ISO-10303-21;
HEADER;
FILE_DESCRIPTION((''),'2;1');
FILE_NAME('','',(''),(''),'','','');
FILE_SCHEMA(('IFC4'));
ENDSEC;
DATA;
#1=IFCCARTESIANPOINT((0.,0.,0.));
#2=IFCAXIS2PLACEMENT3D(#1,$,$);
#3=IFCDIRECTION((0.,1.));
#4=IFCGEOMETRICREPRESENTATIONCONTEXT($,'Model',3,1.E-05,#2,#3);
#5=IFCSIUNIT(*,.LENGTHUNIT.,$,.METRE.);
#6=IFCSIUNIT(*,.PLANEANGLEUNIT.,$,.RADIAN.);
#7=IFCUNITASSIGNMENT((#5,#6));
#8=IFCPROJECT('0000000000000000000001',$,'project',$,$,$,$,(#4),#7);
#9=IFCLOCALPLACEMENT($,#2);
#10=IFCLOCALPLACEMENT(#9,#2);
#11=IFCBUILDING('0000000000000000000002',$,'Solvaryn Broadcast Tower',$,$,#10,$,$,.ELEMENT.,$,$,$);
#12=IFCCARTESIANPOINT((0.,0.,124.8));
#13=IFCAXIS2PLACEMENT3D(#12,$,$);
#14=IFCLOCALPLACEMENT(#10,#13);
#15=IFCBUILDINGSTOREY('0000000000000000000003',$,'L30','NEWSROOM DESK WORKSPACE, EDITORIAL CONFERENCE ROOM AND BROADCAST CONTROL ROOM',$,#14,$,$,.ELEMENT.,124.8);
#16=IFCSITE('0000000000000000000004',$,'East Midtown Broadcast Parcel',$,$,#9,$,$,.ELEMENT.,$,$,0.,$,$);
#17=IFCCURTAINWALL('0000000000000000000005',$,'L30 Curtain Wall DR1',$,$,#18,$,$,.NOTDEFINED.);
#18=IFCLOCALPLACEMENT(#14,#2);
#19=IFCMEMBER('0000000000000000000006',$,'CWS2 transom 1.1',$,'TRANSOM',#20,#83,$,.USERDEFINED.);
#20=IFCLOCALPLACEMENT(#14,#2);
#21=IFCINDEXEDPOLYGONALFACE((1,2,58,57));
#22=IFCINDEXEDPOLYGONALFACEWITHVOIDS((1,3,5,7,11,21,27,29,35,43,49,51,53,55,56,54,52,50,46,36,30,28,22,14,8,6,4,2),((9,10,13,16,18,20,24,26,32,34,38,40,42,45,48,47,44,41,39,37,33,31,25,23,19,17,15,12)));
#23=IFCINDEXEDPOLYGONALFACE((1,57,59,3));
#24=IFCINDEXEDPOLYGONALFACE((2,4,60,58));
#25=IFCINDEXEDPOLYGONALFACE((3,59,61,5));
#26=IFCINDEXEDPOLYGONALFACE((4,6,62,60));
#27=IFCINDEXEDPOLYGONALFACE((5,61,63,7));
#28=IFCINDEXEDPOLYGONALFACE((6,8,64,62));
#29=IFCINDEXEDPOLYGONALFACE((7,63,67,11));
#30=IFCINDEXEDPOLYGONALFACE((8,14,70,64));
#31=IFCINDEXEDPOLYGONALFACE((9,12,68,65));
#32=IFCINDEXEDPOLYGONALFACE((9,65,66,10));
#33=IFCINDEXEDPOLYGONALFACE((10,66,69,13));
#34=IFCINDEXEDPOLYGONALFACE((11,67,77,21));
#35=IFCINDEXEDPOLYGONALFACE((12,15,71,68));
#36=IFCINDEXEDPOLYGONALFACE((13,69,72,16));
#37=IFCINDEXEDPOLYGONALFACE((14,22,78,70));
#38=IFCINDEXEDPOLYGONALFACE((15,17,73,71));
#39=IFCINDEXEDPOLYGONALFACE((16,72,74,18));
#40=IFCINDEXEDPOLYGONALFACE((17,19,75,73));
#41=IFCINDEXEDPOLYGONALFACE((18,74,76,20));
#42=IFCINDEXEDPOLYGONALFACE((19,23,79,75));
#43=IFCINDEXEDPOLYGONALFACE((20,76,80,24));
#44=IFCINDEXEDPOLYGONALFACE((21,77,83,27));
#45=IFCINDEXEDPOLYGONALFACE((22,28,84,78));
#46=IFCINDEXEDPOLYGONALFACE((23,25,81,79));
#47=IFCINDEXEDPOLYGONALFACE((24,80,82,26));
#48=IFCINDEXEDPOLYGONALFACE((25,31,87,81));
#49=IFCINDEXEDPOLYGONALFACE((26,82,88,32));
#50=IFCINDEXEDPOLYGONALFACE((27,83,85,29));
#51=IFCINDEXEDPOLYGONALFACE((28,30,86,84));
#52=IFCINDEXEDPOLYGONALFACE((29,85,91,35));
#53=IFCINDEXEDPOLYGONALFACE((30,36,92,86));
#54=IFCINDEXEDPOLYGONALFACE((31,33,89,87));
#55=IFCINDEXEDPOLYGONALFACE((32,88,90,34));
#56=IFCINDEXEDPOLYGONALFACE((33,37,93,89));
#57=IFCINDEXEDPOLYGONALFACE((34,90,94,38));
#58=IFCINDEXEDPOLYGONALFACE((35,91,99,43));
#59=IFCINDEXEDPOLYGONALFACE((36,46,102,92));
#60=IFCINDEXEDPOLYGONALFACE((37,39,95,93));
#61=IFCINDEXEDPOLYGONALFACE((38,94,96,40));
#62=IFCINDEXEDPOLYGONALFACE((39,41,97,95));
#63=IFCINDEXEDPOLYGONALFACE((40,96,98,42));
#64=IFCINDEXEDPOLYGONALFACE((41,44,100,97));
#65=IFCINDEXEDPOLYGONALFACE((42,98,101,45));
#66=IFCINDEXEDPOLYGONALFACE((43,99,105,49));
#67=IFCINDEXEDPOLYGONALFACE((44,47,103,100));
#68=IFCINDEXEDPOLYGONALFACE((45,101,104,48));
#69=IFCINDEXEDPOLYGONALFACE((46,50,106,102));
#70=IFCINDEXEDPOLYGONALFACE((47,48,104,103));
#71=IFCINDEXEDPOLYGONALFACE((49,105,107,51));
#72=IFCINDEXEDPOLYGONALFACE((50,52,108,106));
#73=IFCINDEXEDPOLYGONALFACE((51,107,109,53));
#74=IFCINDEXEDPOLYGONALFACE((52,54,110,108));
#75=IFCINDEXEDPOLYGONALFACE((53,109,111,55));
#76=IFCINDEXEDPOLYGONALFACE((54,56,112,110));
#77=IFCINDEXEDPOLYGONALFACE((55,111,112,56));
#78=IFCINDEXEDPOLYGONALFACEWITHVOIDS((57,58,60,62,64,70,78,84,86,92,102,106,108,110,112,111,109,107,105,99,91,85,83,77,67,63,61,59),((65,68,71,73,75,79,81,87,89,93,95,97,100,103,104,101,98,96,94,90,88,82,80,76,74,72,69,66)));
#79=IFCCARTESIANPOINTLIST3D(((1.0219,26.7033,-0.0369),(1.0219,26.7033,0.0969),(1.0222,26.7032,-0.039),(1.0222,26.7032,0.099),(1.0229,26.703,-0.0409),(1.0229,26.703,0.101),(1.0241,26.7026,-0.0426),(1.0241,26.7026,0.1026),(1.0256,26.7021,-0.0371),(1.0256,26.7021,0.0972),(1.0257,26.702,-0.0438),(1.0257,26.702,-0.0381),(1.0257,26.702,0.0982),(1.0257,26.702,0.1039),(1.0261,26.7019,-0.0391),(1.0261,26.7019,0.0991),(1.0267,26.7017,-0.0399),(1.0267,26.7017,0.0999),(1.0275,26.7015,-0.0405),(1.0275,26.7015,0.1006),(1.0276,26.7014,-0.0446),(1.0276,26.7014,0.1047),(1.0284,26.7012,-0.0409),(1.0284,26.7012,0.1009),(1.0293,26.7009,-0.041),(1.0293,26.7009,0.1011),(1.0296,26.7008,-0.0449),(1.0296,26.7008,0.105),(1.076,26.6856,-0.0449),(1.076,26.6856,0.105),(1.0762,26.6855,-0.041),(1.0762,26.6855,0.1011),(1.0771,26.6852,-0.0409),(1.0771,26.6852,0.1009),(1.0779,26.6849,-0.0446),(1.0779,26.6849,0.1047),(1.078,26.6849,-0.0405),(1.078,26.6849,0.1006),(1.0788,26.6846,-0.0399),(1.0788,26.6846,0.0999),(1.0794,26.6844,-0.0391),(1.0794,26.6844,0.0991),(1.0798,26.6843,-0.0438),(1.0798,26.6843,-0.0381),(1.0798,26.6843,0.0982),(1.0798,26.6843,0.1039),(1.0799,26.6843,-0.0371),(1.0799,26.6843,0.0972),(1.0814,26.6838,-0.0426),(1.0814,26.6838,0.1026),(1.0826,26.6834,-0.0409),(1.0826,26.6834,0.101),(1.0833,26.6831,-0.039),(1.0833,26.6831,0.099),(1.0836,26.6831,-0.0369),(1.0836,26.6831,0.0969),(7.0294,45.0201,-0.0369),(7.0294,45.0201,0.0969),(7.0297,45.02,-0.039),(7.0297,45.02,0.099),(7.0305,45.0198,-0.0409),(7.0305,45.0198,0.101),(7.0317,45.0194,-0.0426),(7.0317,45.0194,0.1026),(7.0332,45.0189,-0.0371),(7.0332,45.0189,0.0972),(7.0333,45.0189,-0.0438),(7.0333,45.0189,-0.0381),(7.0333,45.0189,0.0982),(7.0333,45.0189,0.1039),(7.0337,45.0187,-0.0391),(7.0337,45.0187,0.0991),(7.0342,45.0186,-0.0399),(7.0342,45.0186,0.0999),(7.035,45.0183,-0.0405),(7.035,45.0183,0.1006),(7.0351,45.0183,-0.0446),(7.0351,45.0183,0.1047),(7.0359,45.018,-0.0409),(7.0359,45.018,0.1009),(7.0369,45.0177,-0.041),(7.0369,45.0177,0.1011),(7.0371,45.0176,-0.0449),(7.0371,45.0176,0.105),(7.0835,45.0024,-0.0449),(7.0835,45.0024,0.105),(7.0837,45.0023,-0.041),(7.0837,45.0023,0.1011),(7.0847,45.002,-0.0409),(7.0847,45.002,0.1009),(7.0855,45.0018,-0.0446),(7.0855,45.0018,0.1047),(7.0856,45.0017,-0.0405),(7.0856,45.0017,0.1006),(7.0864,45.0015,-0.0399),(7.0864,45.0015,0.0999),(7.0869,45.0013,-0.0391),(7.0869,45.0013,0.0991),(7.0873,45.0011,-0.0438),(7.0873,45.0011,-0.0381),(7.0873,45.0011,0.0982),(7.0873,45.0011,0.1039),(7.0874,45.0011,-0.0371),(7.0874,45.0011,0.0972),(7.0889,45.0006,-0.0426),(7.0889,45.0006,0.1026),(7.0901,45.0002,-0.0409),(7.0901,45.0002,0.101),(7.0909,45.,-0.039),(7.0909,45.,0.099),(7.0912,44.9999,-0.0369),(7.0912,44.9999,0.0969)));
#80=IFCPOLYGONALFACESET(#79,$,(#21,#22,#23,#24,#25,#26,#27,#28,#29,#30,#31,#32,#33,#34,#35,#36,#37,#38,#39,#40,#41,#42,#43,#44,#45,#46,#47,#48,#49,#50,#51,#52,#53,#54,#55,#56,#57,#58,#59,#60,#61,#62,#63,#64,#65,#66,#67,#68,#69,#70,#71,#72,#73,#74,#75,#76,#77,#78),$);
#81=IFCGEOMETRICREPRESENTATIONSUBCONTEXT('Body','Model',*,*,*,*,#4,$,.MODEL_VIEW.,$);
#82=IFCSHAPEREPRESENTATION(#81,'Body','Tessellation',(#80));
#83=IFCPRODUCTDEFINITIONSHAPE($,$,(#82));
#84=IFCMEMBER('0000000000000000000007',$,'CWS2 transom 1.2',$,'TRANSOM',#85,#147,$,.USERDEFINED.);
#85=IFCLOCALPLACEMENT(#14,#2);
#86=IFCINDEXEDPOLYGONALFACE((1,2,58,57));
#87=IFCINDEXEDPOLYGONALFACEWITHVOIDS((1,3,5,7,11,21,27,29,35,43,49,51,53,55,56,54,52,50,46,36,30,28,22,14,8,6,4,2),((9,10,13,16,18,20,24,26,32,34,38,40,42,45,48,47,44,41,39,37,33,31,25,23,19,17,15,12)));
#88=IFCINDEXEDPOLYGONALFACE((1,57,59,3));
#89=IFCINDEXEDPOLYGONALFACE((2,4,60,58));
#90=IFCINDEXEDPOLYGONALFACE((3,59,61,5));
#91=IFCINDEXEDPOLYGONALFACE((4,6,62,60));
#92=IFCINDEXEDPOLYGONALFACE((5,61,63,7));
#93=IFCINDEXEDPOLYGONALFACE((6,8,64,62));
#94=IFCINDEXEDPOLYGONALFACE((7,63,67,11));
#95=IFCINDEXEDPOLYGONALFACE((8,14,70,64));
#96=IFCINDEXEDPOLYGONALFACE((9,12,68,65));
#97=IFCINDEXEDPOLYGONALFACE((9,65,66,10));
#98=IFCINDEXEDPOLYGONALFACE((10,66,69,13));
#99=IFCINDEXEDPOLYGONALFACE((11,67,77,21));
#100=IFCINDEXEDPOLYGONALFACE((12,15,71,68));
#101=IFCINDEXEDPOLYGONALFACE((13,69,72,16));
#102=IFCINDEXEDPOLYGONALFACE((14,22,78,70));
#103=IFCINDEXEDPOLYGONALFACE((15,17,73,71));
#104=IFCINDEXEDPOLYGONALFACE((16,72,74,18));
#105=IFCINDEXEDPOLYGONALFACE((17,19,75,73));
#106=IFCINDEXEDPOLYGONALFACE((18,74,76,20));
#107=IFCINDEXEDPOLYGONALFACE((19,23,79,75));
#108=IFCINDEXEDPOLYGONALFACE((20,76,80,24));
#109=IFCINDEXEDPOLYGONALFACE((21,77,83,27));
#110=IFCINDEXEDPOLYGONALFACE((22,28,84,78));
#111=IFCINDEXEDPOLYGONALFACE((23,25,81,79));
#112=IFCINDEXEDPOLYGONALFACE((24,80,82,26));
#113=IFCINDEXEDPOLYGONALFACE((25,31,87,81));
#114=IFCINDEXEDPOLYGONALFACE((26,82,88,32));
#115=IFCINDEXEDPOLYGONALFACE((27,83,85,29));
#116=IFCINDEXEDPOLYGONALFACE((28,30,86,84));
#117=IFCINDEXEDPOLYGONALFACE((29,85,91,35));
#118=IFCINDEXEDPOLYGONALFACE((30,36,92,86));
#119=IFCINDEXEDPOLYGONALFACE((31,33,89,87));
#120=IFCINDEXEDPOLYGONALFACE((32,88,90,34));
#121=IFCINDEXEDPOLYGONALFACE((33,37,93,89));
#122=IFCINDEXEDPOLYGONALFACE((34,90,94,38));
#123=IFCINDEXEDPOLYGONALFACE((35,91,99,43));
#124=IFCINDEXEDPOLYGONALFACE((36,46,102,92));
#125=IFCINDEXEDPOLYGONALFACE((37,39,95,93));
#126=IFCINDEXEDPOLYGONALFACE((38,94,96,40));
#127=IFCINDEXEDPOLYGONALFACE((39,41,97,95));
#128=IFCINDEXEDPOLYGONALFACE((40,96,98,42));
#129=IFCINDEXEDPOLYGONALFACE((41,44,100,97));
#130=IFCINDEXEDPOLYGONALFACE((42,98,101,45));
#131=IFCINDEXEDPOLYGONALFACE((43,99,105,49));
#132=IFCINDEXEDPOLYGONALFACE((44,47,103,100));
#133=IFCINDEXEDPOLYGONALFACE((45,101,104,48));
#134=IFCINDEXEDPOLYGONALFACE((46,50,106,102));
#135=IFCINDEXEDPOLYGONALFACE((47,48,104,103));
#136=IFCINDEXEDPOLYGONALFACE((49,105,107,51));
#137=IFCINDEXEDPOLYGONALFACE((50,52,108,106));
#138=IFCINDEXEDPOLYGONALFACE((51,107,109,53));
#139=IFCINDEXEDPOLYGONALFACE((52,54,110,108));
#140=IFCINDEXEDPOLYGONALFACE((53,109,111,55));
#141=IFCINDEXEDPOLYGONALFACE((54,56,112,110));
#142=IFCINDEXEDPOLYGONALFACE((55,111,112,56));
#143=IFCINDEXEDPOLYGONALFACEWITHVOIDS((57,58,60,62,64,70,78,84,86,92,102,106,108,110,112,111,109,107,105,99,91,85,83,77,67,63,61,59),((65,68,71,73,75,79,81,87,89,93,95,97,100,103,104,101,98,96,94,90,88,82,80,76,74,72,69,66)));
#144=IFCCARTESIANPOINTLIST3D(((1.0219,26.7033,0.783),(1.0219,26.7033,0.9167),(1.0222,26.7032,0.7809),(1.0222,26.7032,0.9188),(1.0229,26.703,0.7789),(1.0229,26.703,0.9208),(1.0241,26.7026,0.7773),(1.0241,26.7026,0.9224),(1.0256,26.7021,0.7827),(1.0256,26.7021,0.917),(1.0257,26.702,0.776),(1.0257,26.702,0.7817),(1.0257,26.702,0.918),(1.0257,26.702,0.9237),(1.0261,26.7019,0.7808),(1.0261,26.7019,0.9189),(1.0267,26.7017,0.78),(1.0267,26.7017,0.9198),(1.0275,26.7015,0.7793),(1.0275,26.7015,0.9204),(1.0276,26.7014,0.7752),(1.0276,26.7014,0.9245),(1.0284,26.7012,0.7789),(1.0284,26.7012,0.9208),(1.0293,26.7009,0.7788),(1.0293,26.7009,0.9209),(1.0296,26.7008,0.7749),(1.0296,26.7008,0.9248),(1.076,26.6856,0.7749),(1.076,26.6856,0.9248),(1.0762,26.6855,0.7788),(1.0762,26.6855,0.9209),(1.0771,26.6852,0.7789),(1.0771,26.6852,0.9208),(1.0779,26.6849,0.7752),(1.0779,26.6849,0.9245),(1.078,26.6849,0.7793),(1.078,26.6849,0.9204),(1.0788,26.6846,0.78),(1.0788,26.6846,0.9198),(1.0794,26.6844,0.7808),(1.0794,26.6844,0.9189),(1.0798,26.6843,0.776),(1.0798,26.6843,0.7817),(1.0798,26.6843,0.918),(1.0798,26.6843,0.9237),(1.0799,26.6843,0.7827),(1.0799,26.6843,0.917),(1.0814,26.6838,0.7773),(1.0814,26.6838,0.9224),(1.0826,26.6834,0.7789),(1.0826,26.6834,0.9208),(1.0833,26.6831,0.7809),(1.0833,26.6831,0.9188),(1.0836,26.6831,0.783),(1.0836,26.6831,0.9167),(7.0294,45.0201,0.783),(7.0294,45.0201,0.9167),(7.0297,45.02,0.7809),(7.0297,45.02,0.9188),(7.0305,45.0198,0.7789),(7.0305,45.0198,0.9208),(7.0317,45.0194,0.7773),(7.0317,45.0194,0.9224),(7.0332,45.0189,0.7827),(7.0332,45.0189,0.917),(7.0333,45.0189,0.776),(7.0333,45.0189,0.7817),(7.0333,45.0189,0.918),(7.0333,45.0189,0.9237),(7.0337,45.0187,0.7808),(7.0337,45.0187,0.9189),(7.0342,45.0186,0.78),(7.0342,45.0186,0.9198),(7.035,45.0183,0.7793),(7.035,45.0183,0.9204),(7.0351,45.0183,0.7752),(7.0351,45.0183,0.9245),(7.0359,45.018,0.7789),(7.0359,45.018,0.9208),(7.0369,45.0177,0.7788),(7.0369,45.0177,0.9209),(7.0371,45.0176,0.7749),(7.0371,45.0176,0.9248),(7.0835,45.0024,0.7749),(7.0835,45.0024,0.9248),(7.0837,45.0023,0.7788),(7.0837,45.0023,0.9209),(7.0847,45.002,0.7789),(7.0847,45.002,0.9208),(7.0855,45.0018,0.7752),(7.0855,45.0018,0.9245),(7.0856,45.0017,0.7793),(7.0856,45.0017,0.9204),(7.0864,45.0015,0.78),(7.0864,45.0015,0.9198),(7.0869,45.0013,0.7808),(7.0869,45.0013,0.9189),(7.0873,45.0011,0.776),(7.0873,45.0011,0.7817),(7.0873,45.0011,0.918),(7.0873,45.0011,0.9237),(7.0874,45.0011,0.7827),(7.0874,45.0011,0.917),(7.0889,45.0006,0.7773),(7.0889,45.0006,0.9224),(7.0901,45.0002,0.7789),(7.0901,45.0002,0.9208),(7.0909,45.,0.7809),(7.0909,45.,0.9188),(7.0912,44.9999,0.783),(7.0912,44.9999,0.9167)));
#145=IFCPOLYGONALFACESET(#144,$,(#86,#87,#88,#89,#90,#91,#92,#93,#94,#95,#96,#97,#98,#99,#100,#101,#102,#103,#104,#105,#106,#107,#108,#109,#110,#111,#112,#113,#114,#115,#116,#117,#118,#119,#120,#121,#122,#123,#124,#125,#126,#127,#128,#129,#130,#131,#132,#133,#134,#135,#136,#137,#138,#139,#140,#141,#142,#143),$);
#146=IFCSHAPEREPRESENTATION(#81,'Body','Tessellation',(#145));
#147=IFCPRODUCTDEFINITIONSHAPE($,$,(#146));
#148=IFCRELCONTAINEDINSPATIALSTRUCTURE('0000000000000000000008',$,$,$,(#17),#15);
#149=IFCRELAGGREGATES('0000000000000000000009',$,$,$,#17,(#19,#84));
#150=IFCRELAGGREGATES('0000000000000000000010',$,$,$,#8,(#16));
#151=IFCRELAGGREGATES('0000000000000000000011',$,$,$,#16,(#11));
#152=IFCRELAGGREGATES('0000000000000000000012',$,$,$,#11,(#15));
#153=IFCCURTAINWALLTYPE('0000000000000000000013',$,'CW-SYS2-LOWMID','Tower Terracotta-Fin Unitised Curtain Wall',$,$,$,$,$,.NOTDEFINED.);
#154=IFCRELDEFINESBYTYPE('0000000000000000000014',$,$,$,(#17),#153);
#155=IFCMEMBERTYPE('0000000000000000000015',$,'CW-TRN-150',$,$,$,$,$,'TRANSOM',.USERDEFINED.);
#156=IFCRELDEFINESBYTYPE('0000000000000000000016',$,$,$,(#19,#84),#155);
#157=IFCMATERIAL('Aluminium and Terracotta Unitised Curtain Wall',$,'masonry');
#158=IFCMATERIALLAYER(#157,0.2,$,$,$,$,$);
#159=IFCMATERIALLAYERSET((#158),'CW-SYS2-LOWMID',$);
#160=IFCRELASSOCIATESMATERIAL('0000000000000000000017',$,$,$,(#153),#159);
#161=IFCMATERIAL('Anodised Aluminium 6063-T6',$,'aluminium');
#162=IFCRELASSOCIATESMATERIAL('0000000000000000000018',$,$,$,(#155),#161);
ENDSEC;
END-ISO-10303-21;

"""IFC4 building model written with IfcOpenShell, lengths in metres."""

from ifc_helpers import new_model, si_unit, direction, frame, origin, origin_2d, place, context, subcontext, project, spatial, hollow_rectangle, extrude, material, layer, layer_set, material_profile, profile_set, type_object, element, aggregate, save


model = new_model("IFC4")

# Units and contexts
model_context = context("Model", 3, precision=1e-05, world=origin(), true_north=direction((0.0, 1.0)))
body_context = subcontext(model_context, "Body", "Model", "MODEL_VIEW")
ifc_project = project(units=[si_unit("LENGTHUNIT", "METRE"), si_unit("PLANEANGLEUNIT", "RADIAN")], contexts=[model_context])

# Site, building, storey
site_placement = place(None, origin())
site = spatial("IfcSite", under=ifc_project, at=site_placement, Name="East Midtown Broadcast Parcel", CompositionType="ELEMENT", RefElevation=0.0)
building_placement = place(site_placement, origin())
building = spatial("IfcBuilding", under=site, at=building_placement, Name="Solvaryn Broadcast Tower", CompositionType="ELEMENT")
storey_placement = place(building_placement, frame((0.0, 0.0, 124.8)))
storey = spatial("IfcBuildingStorey", under=building, at=storey_placement, Name="L30", Description="NEWSROOM DESK WORKSPACE, EDITORIAL CONFERENCE ROOM AND BROADCAST CONTROL ROOM", CompositionType="ELEMENT", Elevation=124.8)

# Curtain wall
ifc_material_1 = material(Name="Aluminium and Terracotta Unitised Curtain Wall", Category="masonry")
ifc_layer_1 = layer(ifc_material_1, 0.2)
ifc_layer_set_1 = layer_set([ifc_layer_1], Name="CW-SYS2-LOWMID")
curtain_wall_type = type_object("IfcCurtainWallType", Name="CW-SYS2-LOWMID", Description="Tower Terracotta-Fin Unitised Curtain Wall", PredefinedType="NOTDEFINED", material=ifc_layer_set_1)
curtain_wall_1_placement = place(storey_placement, origin())
curtain_wall_1 = element("IfcCurtainWall", 1, at=curtain_wall_1_placement, inside=storey, type_object=curtain_wall_type, Name="L30 Curtain Wall DR1", PredefinedType="NOTDEFINED")

# Members
ifc_material_2 = material(Name="Anodised Aluminium 6063-T6", Category="aluminium")
ifc_material_profile_1 = material_profile(ifc_material_2, hollow_rectangle(XDim=0.0649, YDim=0.1499, WallThickness=0.0039, InnerFilletRadius=0.0039, OuterFilletRadius=0.0081, at=origin_2d()))
ifc_profile_set_1 = profile_set([ifc_material_profile_1], Name="Anodised Aluminium 6063-T6")
member_type_1 = type_object("IfcMemberType", Name="CW-TRN-150", ElementType="TRANSOM", PredefinedType="USERDEFINED", material=ifc_profile_set_1)
member_1_placement = place(storey_placement, frame((7.0603, 45.01, 0.03), z_axis=(-0.311646, -0.950198, 0.0), x_axis=(0.950198, -0.311646, 0.0)))
member_1 = element("IfcMember", 2, at=member_1_placement, type_object=member_type_1, Name="CWS2 transom 1.1", ObjectType="TRANSOM", PredefinedType="USERDEFINED", context=body_context, shape_type="SweptSolid", body=[
    extrude(hollow_rectangle(XDim=0.0649, YDim=0.1499, WallThickness=0.0039, InnerFilletRadius=0.0039, OuterFilletRadius=0.0081, at=origin_2d()), origin(), (0.0, 0.0, 1.0), 19.2769),
])
member_2_placement = place(storey_placement, frame((7.0603, 45.01, 0.8499), z_axis=(-0.311646, -0.950198, 0.0), x_axis=(0.950198, -0.311646, 0.0)))
member_2 = element("IfcMember", 3, at=member_2_placement, type_object=member_type_1, Name="CWS2 transom 1.2", ObjectType="TRANSOM", PredefinedType="USERDEFINED", context=body_context, shape_type="SweptSolid", body=[
    extrude(hollow_rectangle(XDim=0.0649, YDim=0.1499, WallThickness=0.0039, InnerFilletRadius=0.0039, OuterFilletRadius=0.0081, at=origin_2d()), origin(), (0.0, 0.0, 1.0), 19.2769),
])
aggregate(curtain_wall_1, [member_1, member_2])

save(model, "model.ifc")
